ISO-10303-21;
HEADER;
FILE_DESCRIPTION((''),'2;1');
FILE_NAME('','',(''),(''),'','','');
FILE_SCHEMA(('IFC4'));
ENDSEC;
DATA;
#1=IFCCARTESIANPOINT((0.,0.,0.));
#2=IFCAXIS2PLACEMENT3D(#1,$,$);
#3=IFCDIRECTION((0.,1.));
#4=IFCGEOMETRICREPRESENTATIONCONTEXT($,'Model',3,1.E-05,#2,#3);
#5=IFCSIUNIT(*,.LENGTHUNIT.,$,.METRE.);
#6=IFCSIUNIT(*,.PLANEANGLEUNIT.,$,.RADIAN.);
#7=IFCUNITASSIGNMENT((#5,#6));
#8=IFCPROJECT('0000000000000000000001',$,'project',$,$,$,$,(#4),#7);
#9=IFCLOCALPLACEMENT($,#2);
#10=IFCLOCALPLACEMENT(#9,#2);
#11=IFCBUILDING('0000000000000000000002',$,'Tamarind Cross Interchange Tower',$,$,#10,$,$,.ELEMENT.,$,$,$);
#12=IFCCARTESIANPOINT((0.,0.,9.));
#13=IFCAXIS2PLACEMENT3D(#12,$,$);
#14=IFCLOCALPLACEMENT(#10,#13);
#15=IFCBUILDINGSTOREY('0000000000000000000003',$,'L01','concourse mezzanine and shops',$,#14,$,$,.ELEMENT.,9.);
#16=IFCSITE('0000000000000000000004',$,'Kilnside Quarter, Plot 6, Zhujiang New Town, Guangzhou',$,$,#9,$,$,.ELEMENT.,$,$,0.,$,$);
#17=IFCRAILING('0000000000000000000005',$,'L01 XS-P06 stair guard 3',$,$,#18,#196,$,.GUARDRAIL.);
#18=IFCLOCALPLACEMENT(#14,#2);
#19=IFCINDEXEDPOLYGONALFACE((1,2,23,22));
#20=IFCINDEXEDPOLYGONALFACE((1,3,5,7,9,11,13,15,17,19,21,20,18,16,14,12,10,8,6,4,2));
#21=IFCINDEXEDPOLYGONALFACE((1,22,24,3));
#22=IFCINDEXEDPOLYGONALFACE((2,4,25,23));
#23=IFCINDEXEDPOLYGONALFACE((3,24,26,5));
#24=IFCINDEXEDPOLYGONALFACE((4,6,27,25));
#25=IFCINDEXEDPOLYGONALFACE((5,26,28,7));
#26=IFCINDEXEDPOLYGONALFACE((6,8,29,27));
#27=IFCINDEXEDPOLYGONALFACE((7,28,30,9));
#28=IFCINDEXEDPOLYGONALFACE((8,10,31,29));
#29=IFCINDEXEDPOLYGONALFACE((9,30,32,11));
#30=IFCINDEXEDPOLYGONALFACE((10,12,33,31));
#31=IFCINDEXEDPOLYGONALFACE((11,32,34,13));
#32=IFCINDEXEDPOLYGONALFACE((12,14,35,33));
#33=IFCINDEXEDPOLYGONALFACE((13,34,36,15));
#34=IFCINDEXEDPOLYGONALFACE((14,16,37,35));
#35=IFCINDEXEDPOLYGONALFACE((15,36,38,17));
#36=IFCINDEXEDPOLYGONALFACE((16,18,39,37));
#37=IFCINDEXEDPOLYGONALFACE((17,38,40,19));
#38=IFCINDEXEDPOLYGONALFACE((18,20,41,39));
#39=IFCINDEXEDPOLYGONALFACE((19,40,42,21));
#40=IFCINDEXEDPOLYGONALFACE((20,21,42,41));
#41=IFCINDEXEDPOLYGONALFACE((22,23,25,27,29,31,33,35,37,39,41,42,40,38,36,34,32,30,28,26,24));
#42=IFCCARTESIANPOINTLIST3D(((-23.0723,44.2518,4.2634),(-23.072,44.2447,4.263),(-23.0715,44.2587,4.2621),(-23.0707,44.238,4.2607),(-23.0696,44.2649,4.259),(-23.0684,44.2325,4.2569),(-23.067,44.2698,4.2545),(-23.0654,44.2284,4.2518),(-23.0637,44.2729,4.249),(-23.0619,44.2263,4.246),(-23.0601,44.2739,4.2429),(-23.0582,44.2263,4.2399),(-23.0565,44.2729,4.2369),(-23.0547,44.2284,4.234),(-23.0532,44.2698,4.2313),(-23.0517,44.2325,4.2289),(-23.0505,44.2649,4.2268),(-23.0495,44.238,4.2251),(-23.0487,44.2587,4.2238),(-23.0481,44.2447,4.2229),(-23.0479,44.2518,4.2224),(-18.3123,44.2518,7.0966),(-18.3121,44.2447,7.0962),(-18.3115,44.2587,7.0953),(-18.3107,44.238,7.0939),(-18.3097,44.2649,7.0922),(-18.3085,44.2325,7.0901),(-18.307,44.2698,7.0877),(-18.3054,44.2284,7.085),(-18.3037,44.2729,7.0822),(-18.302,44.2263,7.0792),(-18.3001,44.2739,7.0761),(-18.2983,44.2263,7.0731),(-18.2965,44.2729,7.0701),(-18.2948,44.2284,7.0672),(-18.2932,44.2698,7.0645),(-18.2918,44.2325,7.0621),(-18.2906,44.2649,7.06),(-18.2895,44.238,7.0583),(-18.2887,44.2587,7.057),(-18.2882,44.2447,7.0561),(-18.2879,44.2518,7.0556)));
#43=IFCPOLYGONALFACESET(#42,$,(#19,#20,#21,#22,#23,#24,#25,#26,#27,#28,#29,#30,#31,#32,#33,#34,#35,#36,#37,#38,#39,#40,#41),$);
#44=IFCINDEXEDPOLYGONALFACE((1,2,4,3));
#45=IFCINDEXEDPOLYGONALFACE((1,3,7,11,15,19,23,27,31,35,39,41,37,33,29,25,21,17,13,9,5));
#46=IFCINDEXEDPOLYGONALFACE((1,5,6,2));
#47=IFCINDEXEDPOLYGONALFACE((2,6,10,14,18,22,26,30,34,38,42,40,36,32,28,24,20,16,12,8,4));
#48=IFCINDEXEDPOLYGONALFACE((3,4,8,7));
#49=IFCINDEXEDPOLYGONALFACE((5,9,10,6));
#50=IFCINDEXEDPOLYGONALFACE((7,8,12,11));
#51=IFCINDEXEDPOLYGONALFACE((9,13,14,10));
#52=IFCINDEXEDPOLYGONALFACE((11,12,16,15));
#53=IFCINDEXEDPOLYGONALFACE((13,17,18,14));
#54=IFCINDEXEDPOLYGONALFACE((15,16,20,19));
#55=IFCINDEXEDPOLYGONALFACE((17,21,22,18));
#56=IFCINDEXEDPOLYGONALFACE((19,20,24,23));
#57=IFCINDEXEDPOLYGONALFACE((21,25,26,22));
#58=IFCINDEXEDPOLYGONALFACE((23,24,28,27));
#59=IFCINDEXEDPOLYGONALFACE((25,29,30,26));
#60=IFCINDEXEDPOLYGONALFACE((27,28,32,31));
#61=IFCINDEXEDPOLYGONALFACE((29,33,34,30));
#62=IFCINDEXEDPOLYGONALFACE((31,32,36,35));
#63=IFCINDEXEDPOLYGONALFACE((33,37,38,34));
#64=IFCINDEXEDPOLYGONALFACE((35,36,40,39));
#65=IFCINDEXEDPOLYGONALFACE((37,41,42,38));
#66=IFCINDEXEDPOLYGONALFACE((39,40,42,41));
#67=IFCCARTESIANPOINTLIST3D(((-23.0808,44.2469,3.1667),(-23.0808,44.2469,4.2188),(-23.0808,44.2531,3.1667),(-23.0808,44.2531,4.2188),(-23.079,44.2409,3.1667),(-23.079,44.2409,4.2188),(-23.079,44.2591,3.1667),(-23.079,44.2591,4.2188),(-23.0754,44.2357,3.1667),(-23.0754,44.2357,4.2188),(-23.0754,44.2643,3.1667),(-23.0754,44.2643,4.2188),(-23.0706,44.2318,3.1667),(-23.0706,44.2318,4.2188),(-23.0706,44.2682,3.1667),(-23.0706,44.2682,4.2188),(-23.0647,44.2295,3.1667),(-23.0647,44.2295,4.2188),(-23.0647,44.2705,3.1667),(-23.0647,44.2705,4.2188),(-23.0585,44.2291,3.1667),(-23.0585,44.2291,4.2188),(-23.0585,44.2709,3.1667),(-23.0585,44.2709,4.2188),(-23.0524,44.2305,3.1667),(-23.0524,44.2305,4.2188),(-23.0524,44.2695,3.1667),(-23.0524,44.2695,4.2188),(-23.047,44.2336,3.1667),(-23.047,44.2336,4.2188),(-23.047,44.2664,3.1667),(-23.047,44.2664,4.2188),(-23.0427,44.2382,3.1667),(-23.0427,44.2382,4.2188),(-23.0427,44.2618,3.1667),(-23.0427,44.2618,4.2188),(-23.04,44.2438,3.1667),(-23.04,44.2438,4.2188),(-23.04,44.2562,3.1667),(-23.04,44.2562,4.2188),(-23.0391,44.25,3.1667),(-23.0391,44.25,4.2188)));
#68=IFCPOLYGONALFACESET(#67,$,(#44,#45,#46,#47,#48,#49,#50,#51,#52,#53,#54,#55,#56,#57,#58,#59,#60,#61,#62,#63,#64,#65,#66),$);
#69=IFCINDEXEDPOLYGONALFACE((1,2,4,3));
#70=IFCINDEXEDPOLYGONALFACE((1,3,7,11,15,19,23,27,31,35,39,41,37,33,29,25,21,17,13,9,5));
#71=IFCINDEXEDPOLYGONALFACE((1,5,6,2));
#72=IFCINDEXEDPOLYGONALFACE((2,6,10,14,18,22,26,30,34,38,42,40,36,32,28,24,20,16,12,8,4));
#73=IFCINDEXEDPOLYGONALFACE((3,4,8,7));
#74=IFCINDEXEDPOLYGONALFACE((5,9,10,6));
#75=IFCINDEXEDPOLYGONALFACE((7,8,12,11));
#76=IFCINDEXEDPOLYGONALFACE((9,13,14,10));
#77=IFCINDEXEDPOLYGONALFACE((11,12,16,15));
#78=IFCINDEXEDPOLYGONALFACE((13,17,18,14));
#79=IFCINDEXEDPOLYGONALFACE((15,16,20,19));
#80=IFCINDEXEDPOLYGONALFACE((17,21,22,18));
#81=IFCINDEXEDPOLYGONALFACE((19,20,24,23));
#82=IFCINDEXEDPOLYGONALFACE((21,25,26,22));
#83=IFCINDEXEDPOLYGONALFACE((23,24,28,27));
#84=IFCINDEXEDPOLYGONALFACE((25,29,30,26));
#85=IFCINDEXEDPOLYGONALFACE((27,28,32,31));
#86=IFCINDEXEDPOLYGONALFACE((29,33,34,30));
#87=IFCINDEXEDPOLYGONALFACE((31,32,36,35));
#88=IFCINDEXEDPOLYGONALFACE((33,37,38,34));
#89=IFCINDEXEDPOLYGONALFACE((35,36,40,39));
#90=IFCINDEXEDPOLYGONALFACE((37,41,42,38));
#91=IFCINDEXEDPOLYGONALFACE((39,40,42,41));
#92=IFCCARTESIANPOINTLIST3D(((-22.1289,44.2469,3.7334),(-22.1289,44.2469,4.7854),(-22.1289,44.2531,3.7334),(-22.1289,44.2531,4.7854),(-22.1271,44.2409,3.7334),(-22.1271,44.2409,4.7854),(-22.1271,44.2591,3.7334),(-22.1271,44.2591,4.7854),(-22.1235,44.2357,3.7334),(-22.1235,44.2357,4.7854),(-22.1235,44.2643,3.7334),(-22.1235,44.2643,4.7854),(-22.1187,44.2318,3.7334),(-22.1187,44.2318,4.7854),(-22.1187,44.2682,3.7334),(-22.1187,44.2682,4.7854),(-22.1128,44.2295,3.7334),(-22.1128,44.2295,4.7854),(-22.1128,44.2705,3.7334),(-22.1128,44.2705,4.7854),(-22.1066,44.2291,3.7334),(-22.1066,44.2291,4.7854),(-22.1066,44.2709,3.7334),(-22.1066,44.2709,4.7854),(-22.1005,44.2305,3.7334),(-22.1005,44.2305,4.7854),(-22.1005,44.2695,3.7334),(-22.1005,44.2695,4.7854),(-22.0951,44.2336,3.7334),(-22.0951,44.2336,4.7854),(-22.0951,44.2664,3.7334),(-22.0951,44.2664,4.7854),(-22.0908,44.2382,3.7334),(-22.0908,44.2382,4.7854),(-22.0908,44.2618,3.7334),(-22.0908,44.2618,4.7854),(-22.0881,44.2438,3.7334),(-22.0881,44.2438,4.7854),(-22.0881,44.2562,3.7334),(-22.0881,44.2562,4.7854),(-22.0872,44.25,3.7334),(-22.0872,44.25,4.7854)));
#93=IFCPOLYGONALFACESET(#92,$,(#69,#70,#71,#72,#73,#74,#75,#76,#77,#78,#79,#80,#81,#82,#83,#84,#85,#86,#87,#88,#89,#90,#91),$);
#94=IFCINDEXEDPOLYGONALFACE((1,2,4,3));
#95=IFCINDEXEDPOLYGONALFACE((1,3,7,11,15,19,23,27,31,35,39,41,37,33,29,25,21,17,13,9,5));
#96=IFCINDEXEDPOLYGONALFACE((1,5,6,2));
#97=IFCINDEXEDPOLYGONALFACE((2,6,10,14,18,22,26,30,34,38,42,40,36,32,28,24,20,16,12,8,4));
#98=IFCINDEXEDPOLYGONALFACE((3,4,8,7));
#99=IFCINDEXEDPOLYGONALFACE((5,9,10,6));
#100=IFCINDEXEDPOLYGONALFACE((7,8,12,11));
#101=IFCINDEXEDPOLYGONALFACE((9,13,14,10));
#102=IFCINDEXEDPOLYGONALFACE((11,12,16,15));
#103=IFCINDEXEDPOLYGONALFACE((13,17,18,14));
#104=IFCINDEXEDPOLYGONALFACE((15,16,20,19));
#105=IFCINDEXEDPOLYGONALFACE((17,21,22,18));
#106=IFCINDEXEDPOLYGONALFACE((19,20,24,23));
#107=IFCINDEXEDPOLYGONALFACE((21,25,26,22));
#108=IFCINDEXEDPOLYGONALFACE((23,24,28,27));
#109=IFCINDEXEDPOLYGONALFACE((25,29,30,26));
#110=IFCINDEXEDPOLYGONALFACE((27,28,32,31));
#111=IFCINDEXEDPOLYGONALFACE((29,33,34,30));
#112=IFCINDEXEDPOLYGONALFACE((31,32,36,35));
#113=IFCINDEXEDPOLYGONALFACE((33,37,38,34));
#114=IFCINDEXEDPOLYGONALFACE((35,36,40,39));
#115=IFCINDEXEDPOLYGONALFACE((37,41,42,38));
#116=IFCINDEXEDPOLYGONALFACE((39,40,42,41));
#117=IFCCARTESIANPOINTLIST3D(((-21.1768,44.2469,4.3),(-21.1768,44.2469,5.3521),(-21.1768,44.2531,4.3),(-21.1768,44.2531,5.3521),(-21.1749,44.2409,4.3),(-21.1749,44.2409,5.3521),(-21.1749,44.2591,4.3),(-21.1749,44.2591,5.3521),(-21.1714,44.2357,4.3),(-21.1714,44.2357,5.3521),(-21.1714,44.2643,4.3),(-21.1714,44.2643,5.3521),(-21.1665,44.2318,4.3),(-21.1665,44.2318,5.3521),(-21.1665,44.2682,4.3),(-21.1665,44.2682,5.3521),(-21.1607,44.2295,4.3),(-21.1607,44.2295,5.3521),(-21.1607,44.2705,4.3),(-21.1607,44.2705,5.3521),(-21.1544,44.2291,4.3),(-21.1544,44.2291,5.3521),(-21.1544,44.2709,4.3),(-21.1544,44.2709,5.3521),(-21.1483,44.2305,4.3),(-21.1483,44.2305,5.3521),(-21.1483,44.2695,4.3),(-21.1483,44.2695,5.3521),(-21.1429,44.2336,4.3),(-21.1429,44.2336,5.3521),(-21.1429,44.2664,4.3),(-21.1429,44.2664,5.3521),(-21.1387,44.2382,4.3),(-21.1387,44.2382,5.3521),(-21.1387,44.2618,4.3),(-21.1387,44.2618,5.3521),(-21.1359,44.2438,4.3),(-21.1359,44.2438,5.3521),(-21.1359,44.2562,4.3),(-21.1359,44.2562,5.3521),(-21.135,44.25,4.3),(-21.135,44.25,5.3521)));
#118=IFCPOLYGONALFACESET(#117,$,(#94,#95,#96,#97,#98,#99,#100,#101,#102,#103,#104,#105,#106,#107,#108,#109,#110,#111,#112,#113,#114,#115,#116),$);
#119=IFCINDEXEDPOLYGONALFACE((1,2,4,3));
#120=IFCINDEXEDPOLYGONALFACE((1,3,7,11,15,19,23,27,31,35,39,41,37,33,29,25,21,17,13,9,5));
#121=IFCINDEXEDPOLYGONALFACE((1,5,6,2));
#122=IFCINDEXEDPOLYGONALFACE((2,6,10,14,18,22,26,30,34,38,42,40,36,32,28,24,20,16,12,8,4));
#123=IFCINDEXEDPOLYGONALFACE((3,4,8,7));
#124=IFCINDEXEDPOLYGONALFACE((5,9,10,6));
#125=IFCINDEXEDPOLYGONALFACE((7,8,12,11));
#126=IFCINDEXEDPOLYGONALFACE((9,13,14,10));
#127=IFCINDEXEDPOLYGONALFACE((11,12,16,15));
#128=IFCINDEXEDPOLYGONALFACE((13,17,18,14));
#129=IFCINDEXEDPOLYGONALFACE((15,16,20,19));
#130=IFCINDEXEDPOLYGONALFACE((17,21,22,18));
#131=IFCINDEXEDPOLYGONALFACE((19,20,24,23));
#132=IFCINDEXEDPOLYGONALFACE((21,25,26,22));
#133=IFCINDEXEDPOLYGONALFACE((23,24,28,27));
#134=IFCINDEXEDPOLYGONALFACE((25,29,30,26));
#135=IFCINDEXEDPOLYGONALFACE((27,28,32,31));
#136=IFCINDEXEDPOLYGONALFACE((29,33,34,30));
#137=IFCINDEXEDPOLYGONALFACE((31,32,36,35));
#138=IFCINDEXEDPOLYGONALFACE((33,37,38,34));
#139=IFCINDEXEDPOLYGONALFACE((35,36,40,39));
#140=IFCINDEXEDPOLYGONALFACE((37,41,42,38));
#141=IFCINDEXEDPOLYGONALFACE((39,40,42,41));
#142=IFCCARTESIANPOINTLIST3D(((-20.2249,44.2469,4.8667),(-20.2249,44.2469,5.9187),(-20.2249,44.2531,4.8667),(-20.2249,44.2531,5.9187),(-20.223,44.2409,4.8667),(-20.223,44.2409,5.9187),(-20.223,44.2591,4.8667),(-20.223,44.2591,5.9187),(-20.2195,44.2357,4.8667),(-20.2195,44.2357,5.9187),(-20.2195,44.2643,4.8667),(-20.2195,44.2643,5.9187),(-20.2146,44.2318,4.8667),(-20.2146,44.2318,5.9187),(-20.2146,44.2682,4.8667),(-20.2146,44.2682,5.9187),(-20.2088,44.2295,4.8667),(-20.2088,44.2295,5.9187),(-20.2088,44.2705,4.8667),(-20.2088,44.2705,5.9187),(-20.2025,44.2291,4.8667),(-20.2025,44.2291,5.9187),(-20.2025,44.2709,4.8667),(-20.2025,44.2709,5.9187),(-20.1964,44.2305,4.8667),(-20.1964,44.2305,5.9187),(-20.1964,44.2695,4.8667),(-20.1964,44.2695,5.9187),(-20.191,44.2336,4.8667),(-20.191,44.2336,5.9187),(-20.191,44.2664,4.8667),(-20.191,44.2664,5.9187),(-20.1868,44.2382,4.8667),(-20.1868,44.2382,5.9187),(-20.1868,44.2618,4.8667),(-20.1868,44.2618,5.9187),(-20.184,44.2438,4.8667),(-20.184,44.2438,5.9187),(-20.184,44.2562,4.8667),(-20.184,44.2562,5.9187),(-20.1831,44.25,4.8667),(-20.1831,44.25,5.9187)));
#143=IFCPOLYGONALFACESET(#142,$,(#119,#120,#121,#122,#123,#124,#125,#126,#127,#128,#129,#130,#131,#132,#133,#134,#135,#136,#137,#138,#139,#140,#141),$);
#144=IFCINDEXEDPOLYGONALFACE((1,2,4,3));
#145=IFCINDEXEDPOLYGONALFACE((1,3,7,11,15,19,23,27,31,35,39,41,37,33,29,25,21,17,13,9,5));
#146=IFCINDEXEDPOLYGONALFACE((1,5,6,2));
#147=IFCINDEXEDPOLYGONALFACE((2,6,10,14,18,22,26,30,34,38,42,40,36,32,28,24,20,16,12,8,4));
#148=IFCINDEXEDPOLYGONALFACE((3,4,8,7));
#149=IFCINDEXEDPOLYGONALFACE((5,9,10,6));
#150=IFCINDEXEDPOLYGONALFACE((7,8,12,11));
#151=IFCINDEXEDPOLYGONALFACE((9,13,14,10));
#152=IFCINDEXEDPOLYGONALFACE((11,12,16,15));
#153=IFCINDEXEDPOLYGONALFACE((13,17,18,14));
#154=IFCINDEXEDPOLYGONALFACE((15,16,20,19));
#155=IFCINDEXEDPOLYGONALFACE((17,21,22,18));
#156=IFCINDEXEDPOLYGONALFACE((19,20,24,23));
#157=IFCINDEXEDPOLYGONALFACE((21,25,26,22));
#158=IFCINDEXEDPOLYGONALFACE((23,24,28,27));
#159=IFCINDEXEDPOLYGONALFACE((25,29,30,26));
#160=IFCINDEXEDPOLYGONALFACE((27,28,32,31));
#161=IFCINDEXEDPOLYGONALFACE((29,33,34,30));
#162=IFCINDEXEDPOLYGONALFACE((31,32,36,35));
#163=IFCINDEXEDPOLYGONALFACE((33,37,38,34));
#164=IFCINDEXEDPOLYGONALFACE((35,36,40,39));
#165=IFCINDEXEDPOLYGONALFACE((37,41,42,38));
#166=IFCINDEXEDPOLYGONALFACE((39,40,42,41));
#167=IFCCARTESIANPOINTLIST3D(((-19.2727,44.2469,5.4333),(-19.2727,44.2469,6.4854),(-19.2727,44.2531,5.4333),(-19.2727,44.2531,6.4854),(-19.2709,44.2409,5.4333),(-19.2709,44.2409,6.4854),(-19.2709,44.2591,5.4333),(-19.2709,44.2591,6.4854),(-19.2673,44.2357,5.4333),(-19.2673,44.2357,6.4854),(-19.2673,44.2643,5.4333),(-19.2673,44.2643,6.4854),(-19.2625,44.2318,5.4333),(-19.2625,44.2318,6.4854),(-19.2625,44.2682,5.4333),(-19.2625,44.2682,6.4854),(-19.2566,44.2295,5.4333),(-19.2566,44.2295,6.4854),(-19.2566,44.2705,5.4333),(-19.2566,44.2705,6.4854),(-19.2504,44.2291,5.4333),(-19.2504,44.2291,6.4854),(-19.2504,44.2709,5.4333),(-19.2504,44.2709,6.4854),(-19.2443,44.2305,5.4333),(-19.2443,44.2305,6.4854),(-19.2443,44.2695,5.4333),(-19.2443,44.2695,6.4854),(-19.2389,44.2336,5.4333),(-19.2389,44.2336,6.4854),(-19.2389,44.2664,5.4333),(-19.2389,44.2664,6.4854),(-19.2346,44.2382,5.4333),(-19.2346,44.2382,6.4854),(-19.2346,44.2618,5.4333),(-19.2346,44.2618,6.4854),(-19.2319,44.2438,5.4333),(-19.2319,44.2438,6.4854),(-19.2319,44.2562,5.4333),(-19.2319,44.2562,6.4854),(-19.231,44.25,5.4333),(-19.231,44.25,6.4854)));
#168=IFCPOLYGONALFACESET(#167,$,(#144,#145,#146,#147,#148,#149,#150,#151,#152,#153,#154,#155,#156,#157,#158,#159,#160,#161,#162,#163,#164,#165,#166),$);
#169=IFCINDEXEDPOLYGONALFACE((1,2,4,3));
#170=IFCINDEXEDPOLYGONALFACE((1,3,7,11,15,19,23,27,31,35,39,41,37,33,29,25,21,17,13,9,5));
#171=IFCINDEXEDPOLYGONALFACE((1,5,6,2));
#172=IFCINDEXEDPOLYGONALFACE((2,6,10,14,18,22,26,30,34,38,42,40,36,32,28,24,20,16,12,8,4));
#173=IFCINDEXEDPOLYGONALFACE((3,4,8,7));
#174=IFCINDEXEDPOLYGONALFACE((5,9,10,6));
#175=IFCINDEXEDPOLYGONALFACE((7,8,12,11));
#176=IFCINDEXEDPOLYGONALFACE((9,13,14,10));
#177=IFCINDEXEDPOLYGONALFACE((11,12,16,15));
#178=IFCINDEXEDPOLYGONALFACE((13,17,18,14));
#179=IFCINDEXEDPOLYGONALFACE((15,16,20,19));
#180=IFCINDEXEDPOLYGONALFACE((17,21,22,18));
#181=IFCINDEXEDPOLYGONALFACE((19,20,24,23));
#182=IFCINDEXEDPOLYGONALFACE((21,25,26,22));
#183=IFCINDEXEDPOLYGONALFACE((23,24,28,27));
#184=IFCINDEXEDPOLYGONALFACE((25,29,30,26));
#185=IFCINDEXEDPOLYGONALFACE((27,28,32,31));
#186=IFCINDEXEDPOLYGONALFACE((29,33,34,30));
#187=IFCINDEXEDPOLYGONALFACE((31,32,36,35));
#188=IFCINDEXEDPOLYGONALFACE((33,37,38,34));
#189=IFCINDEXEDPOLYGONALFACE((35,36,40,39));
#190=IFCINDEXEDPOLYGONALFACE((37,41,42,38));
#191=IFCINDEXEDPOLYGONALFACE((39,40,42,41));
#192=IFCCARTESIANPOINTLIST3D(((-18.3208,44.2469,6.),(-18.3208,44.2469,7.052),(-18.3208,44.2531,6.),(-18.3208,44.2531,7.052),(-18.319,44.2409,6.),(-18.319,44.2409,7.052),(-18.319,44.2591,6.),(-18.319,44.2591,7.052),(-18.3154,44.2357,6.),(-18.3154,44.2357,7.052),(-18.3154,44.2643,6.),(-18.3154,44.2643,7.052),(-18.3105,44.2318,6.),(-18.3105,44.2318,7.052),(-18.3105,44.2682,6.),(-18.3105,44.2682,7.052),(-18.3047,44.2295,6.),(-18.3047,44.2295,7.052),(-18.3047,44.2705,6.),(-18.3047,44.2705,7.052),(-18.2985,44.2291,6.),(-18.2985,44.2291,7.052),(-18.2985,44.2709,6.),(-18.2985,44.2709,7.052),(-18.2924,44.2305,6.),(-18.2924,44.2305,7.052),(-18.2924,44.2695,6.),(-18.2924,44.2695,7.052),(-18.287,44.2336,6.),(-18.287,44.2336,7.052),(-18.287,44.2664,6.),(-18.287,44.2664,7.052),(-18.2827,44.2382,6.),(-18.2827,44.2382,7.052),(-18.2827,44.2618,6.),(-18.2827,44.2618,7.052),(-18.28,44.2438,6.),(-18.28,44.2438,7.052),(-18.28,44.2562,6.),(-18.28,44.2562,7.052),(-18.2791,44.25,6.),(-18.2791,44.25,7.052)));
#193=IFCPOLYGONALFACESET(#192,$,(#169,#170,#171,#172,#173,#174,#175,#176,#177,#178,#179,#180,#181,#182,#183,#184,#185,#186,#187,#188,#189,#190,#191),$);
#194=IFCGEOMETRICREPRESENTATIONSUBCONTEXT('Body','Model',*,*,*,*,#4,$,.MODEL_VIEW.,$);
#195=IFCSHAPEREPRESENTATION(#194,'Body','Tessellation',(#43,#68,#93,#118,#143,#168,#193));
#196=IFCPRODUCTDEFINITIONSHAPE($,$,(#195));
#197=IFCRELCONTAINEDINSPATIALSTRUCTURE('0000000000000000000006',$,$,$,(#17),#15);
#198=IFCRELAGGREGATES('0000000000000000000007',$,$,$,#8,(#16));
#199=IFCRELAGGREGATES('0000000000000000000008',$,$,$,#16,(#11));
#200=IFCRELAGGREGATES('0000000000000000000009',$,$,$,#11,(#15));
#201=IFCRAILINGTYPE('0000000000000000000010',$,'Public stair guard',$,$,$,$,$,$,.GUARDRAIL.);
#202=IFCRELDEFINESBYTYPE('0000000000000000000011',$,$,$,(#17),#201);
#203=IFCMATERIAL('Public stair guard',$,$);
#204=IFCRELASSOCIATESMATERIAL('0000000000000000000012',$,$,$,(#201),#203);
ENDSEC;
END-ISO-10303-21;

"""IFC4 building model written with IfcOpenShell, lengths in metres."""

from ifc_helpers import new_model, si_unit, direction, frame, origin, origin_2d, place, context, subcontext, project, spatial, circle, extrude, material, type_object, element, save


model = new_model("IFC4")

# Units and contexts
model_context = context("Model", 3, precision=1e-05, world=origin(), true_north=direction((0.0, 1.0)))
body_context = subcontext(model_context, "Body", "Model", "MODEL_VIEW")
ifc_project = project(units=[si_unit("LENGTHUNIT", "METRE"), si_unit("PLANEANGLEUNIT", "RADIAN")], contexts=[model_context])

# Site, building, storey
site_placement = place(None, origin())
site = spatial("IfcSite", under=ifc_project, at=site_placement, Name="Kilnside Quarter, Plot 6, Zhujiang New Town, Guangzhou", CompositionType="ELEMENT", RefElevation=0.0)
building_placement = place(site_placement, origin())
building = spatial("IfcBuilding", under=site, at=building_placement, Name="Tamarind Cross Interchange Tower", CompositionType="ELEMENT")
storey_placement = place(building_placement, frame((0.0, 0.0, 9.0)))
storey = spatial("IfcBuildingStorey", under=building, at=storey_placement, Name="L01", Description="concourse mezzanine and shops", CompositionType="ELEMENT", Elevation=9.0)

# Railing
ifc_material_1 = material(Name="Public stair guard")
railing_type_1 = type_object("IfcRailingType", Name="Public stair guard", PredefinedType="GUARDRAIL", material=ifc_material_1)
railing_1_placement = place(storey_placement, frame((-23.0601, 44.25, 3.1667)))
element("IfcRailing", 1, at=railing_1_placement, inside=storey, type_object=railing_type_1, Name="L01 XS-P06 stair guard 3", PredefinedType="GUARDRAIL", context=body_context, shape_type="SweptSolid", body=[
    extrude(circle(Radius=0.0239, at=origin_2d()), frame((0.0, 0.0, 1.0762), z_axis=(0.8593, 0.0, 0.511472), x_axis=(0.0, 1.0, 0.0)), (0.0, 0.0, 1.0), 5.5393),
    extrude(circle(Radius=0.021, at=origin_2d()), origin(), (0.0, 0.0, 1.0), 1.052),
    extrude(circle(Radius=0.021, at=origin_2d()), frame((0.9519, 0.0, 0.5667)), (0.0, 0.0, 1.0), 1.052),
    extrude(circle(Radius=0.021, at=origin_2d()), frame((1.9041, 0.0, 1.1333)), (0.0, 0.0, 1.0), 1.052),
    extrude(circle(Radius=0.021, at=origin_2d()), frame((2.856, 0.0, 1.7)), (0.0, 0.0, 1.0), 1.052),
    extrude(circle(Radius=0.021, at=origin_2d()), frame((3.8081, 0.0, 2.2666)), (0.0, 0.0, 1.0), 1.052),
    extrude(circle(Radius=0.021, at=origin_2d()), frame((4.76, 0.0, 2.8333)), (0.0, 0.0, 1.0), 1.052),
])

save(model, "model.ifc")
